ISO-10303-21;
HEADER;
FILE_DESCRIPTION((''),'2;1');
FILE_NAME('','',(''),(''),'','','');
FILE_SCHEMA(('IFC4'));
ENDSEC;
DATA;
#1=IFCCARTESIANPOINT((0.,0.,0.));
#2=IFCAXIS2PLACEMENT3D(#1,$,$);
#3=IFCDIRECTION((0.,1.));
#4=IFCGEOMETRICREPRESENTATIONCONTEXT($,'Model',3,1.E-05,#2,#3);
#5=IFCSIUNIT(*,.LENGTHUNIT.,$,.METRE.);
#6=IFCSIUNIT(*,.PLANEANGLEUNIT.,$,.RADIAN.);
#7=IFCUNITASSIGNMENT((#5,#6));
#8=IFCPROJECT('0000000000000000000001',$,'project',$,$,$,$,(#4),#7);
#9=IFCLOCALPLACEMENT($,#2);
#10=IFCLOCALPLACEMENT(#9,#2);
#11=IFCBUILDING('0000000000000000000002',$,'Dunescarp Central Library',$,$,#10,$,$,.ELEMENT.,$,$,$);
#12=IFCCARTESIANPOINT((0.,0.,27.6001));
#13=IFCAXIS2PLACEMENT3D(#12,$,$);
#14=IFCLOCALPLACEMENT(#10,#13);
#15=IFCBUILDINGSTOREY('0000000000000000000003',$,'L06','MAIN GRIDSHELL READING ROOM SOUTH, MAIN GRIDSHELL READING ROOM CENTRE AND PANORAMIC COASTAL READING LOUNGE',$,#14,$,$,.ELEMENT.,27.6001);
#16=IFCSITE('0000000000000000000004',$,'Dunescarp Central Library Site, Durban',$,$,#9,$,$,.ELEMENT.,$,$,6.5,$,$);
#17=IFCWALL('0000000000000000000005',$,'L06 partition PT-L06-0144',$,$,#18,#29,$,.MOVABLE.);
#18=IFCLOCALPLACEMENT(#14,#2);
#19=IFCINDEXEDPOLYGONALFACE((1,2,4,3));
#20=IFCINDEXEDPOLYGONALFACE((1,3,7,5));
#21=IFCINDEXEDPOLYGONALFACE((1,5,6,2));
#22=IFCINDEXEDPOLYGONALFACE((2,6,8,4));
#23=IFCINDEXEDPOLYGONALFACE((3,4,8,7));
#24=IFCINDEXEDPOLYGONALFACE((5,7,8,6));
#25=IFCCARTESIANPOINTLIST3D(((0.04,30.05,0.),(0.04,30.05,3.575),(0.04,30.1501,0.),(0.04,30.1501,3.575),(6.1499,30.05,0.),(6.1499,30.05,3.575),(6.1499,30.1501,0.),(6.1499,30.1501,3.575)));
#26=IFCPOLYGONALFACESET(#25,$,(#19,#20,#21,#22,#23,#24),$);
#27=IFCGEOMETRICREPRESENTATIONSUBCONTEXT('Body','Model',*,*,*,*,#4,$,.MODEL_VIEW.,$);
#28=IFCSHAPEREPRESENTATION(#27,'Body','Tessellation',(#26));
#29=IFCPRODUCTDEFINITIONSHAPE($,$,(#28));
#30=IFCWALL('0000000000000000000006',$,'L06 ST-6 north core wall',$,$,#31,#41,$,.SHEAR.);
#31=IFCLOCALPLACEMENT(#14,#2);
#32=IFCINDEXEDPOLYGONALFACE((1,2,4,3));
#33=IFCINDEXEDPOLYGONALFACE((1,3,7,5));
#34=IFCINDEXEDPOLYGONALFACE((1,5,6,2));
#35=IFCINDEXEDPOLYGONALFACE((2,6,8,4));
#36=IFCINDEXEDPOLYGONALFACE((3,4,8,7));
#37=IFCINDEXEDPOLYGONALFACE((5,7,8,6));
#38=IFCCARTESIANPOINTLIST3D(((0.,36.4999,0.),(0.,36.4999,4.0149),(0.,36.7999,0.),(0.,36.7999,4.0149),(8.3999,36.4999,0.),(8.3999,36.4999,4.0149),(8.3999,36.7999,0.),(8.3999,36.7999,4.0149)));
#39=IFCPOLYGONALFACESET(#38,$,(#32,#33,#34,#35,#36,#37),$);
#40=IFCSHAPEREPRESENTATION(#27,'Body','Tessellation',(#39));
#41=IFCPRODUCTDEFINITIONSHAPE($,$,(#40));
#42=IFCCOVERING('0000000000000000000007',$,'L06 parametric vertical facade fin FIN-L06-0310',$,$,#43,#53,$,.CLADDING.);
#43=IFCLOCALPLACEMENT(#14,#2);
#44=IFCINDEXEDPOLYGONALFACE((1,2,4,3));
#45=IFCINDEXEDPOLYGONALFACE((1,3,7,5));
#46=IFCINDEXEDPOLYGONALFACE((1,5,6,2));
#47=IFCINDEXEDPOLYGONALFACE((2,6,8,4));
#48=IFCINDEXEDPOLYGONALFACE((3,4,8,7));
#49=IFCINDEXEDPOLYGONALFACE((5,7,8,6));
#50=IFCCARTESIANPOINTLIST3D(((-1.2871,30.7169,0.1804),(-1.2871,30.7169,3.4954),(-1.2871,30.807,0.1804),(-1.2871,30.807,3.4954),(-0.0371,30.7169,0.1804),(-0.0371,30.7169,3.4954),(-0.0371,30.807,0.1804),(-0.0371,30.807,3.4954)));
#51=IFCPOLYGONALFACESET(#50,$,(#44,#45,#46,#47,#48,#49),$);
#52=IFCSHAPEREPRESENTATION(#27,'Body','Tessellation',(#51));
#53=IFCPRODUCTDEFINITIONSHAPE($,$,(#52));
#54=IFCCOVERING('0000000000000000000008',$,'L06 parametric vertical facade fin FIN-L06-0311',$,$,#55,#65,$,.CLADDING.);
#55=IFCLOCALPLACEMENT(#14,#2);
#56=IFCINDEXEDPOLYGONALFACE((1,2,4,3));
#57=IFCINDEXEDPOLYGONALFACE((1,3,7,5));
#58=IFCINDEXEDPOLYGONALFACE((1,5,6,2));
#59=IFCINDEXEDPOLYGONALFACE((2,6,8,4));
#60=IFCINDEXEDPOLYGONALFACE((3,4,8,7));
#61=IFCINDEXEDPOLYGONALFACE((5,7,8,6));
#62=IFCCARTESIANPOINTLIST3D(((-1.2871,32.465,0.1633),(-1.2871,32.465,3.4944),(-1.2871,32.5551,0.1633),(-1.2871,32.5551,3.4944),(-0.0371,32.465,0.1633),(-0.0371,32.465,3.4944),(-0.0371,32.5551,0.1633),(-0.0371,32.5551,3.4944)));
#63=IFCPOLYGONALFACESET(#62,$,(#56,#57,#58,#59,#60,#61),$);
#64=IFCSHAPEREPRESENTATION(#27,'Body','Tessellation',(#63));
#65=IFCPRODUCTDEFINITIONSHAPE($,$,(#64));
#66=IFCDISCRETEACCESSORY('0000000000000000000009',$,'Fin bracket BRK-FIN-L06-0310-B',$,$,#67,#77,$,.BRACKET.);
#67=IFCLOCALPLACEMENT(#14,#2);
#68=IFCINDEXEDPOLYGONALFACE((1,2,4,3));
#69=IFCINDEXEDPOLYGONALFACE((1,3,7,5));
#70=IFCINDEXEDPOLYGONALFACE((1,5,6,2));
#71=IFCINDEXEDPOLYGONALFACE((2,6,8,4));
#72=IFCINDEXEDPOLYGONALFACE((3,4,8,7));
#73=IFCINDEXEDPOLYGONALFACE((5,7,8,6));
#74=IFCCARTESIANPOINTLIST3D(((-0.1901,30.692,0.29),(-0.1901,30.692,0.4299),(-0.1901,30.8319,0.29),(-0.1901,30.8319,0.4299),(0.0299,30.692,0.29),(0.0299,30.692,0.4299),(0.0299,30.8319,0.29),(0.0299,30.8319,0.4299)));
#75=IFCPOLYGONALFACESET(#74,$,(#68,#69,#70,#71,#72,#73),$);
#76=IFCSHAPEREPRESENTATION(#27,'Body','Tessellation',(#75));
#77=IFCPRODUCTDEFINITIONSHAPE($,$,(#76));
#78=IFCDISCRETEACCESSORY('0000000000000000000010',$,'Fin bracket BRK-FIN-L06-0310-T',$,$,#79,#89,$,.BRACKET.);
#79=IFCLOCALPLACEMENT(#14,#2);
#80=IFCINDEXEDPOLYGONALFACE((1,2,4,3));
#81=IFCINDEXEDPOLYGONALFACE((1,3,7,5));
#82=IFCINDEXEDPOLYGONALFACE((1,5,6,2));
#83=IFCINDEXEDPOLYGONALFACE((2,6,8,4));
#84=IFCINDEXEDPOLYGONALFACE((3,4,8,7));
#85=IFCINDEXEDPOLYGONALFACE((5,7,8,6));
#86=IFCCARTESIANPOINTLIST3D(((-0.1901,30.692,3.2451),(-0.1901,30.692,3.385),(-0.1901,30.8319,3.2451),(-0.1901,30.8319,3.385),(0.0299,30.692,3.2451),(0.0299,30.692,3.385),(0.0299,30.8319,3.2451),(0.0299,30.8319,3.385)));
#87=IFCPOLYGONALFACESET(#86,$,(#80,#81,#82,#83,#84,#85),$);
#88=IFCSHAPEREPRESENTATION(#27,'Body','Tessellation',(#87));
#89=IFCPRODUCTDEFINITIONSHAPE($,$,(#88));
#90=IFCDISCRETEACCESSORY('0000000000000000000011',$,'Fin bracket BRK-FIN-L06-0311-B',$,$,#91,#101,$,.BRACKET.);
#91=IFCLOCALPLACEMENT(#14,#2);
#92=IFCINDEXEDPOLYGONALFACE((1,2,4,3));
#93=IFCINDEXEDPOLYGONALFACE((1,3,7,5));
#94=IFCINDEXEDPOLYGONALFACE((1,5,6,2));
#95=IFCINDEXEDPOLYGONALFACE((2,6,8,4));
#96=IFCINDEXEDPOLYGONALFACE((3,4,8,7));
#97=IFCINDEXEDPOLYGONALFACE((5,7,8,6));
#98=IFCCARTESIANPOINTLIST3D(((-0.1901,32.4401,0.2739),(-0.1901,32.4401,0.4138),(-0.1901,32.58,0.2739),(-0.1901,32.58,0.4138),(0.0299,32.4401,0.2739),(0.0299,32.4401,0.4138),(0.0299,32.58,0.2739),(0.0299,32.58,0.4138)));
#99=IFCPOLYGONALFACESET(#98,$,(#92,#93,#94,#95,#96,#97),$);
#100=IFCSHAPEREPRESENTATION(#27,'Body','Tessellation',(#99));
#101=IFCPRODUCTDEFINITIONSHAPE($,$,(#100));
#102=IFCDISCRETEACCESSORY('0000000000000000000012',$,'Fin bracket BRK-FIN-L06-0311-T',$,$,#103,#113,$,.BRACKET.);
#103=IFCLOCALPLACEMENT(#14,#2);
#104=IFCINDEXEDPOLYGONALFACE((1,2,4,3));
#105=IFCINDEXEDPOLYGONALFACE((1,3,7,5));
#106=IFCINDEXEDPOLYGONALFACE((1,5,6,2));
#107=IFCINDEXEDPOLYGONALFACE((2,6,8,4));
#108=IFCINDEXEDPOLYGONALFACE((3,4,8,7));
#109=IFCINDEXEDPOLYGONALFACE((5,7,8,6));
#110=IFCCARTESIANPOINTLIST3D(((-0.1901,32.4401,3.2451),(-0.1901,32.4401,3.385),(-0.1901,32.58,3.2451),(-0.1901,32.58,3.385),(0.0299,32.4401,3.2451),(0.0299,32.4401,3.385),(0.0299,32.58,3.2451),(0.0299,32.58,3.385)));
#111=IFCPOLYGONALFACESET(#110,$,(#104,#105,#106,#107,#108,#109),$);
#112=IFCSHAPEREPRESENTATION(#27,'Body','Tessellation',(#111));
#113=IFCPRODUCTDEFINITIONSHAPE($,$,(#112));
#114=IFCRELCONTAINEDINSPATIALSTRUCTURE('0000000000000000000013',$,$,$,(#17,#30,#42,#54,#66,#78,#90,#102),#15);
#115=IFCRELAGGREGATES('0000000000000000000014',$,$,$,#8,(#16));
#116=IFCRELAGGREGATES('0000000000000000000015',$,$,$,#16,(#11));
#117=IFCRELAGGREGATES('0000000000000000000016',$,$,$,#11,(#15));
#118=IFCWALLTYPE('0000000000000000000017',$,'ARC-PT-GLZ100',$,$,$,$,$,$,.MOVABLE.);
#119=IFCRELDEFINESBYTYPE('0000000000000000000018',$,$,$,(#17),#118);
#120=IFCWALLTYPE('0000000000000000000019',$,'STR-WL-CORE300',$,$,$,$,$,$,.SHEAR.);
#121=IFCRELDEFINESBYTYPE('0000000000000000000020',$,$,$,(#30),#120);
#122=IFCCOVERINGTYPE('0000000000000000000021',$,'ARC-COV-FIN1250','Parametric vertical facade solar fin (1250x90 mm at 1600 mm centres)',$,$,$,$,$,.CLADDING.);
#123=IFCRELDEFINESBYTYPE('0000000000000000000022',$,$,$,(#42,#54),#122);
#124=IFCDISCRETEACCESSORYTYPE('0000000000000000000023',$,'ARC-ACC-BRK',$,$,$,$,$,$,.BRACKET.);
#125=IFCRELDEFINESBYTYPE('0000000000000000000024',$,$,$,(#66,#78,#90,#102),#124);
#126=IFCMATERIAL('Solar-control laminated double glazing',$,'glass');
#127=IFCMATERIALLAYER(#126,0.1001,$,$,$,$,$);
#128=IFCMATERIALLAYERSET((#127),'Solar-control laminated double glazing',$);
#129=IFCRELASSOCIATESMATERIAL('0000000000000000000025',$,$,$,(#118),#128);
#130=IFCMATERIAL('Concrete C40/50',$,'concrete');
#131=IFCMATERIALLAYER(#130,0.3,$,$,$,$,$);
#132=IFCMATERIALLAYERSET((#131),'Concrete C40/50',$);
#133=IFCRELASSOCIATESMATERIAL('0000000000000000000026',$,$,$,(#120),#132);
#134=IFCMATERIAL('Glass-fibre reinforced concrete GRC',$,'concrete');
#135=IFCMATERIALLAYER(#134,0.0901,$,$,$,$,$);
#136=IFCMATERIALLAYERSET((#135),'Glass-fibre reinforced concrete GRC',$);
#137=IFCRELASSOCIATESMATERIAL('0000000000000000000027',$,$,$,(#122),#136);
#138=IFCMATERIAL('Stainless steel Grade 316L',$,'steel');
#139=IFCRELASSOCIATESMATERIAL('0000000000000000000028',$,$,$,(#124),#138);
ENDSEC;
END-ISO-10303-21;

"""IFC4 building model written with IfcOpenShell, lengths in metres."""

from ifc_helpers import new_model, si_unit, direction, frame, frame_2d, origin, origin_2d, place, context, subcontext, project, spatial, rectangle, extrude, material, layer, layer_set, type_object, element, save


model = new_model("IFC4")

# Units and contexts
model_context = context("Model", 3, precision=1e-05, world=origin(), true_north=direction((0.0, 1.0)))
body_context = subcontext(model_context, "Body", "Model", "MODEL_VIEW")
ifc_project = project(units=[si_unit("LENGTHUNIT", "METRE"), si_unit("PLANEANGLEUNIT", "RADIAN")], contexts=[model_context])

# Site, building, storey
site_placement = place(None, origin())
site = spatial("IfcSite", under=ifc_project, at=site_placement, Name="Dunescarp Central Library Site, Durban", CompositionType="ELEMENT", RefElevation=6.5)
building_placement = place(site_placement, origin())
building = spatial("IfcBuilding", under=site, at=building_placement, Name="Dunescarp Central Library", CompositionType="ELEMENT")
storey_placement = place(building_placement, frame((0.0, 0.0, 27.6001)))
storey = spatial("IfcBuildingStorey", under=building, at=storey_placement, Name="L06", Description="MAIN GRIDSHELL READING ROOM SOUTH, MAIN GRIDSHELL READING ROOM CENTRE AND PANORAMIC COASTAL READING LOUNGE", CompositionType="ELEMENT", Elevation=27.6001)

# Shared definitions
ifc_material_1 = material(Name="Solar-control laminated double glazing", Category="glass")

# Walls
ifc_layer_1 = layer(ifc_material_1, 0.1001)
ifc_layer_set_1 = layer_set([ifc_layer_1], Name="Solar-control laminated double glazing")
wall_type_1 = type_object("IfcWallType", Name="ARC-PT-GLZ100", PredefinedType="MOVABLE", material=ifc_layer_set_1)
wall_1_placement = place(storey_placement, frame((0.04, 30.1001, 0.0), z_axis=(0.0, 0.0, 1.0), x_axis=(1.0, 0.0, 0.0)))
element("IfcWall", 1, at=wall_1_placement, inside=storey, type_object=wall_type_1, Name="L06 partition PT-L06-0144", PredefinedType="MOVABLE", context=body_context, shape_type="SweptSolid", body=[
    extrude(rectangle(XDim=6.1099, YDim=0.1001, at=frame_2d((3.0549, 0.0))), origin(), (0.0, 0.0, 1.0), 3.575),
])
ifc_material_2 = material(Name="Concrete C40/50", Category="concrete")
ifc_layer_2 = layer(ifc_material_2, 0.3)
ifc_layer_set_2 = layer_set([ifc_layer_2], Name="Concrete C40/50")
wall_type_2 = type_object("IfcWallType", Name="STR-WL-CORE300", PredefinedType="SHEAR", material=ifc_layer_set_2)
wall_2_placement = place(storey_placement, frame((0.0, 36.6499, 0.0), z_axis=(0.0, 0.0, 1.0), x_axis=(1.0, 0.0, 0.0)))
element("IfcWall", 2, at=wall_2_placement, inside=storey, type_object=wall_type_2, Name="L06 ST-6 north core wall", PredefinedType="SHEAR", context=body_context, shape_type="SweptSolid", body=[
    extrude(rectangle(XDim=8.3999, YDim=0.3, at=frame_2d((4.2, 0.0))), origin(), (0.0, 0.0, 1.0), 4.0149),
])

# Coverings
ifc_material_3 = material(Name="Glass-fibre reinforced concrete GRC", Category="concrete")
ifc_layer_3 = layer(ifc_material_3, 0.0901)
ifc_layer_set_3 = layer_set([ifc_layer_3], Name="Glass-fibre reinforced concrete GRC")
covering_type = type_object("IfcCoveringType", Name="ARC-COV-FIN1250", Description="Parametric vertical facade solar fin (1250x90 mm at 1600 mm centres)", PredefinedType="CLADDING", material=ifc_layer_set_3)
covering_1_placement = place(storey_placement, frame((-0.6621, 30.762, 0.1804), z_axis=(0.0, 0.0, 1.0), x_axis=(-1.0, 0.0, 0.0)))
element("IfcCovering", 3, at=covering_1_placement, inside=storey, type_object=covering_type, Name="L06 parametric vertical facade fin FIN-L06-0310", PredefinedType="CLADDING", context=body_context, shape_type="SweptSolid", body=[
    extrude(rectangle(XDim=1.25, YDim=0.0901, at=origin_2d()), origin(), (0.0, 0.0, 1.0), 3.3149),
])
covering_2_placement = place(storey_placement, frame((-0.6621, 32.51, 0.1633), z_axis=(0.0, 0.0, 1.0), x_axis=(-1.0, 0.0, 0.0)))
element("IfcCovering", 4, at=covering_2_placement, inside=storey, type_object=covering_type, Name="L06 parametric vertical facade fin FIN-L06-0311", PredefinedType="CLADDING", context=body_context, shape_type="SweptSolid", body=[
    extrude(rectangle(XDim=1.25, YDim=0.0901, at=origin_2d()), origin(), (0.0, 0.0, 1.0), 3.3311),
])

# Discrete accessories
ifc_material_4 = material(Name="Stainless steel Grade 316L", Category="steel")
discrete_accessory_type = type_object("IfcDiscreteAccessoryType", Name="ARC-ACC-BRK", PredefinedType="BRACKET", material=ifc_material_4)
for number, where, z_axis, x_axis, name in (
    (5, (-0.0801, 30.762, 0.29), (0.0, 0.0, 1.0), (-1.0, 0.0, 0.0), "Fin bracket BRK-FIN-L06-0310-B"),
    (6, (-0.0801, 30.762, 3.2451), (0.0, 0.0, 1.0), (-1.0, 0.0, 0.0), "Fin bracket BRK-FIN-L06-0310-T"),
    (7, (-0.0801, 32.51, 0.2739), (0.0, 0.0, 1.0), (-1.0, 0.0, 0.0), "Fin bracket BRK-FIN-L06-0311-B"),
    (8, (-0.0801, 32.51, 3.2451), (0.0, 0.0, 1.0), (-1.0, 0.0, 0.0), "Fin bracket BRK-FIN-L06-0311-T"),
):
    element("IfcDiscreteAccessory", number, at=place(storey_placement, frame(where, z_axis=z_axis, x_axis=x_axis)), inside=storey, type_object=discrete_accessory_type, Name=name, PredefinedType="BRACKET", context=body_context, shape_type="SweptSolid", body=[
        extrude(rectangle(XDim=0.22, YDim=0.1399, at=origin_2d()), origin(), (0.0, 0.0, 1.0), 0.1399),
    ])

save(model, "model.ifc")
